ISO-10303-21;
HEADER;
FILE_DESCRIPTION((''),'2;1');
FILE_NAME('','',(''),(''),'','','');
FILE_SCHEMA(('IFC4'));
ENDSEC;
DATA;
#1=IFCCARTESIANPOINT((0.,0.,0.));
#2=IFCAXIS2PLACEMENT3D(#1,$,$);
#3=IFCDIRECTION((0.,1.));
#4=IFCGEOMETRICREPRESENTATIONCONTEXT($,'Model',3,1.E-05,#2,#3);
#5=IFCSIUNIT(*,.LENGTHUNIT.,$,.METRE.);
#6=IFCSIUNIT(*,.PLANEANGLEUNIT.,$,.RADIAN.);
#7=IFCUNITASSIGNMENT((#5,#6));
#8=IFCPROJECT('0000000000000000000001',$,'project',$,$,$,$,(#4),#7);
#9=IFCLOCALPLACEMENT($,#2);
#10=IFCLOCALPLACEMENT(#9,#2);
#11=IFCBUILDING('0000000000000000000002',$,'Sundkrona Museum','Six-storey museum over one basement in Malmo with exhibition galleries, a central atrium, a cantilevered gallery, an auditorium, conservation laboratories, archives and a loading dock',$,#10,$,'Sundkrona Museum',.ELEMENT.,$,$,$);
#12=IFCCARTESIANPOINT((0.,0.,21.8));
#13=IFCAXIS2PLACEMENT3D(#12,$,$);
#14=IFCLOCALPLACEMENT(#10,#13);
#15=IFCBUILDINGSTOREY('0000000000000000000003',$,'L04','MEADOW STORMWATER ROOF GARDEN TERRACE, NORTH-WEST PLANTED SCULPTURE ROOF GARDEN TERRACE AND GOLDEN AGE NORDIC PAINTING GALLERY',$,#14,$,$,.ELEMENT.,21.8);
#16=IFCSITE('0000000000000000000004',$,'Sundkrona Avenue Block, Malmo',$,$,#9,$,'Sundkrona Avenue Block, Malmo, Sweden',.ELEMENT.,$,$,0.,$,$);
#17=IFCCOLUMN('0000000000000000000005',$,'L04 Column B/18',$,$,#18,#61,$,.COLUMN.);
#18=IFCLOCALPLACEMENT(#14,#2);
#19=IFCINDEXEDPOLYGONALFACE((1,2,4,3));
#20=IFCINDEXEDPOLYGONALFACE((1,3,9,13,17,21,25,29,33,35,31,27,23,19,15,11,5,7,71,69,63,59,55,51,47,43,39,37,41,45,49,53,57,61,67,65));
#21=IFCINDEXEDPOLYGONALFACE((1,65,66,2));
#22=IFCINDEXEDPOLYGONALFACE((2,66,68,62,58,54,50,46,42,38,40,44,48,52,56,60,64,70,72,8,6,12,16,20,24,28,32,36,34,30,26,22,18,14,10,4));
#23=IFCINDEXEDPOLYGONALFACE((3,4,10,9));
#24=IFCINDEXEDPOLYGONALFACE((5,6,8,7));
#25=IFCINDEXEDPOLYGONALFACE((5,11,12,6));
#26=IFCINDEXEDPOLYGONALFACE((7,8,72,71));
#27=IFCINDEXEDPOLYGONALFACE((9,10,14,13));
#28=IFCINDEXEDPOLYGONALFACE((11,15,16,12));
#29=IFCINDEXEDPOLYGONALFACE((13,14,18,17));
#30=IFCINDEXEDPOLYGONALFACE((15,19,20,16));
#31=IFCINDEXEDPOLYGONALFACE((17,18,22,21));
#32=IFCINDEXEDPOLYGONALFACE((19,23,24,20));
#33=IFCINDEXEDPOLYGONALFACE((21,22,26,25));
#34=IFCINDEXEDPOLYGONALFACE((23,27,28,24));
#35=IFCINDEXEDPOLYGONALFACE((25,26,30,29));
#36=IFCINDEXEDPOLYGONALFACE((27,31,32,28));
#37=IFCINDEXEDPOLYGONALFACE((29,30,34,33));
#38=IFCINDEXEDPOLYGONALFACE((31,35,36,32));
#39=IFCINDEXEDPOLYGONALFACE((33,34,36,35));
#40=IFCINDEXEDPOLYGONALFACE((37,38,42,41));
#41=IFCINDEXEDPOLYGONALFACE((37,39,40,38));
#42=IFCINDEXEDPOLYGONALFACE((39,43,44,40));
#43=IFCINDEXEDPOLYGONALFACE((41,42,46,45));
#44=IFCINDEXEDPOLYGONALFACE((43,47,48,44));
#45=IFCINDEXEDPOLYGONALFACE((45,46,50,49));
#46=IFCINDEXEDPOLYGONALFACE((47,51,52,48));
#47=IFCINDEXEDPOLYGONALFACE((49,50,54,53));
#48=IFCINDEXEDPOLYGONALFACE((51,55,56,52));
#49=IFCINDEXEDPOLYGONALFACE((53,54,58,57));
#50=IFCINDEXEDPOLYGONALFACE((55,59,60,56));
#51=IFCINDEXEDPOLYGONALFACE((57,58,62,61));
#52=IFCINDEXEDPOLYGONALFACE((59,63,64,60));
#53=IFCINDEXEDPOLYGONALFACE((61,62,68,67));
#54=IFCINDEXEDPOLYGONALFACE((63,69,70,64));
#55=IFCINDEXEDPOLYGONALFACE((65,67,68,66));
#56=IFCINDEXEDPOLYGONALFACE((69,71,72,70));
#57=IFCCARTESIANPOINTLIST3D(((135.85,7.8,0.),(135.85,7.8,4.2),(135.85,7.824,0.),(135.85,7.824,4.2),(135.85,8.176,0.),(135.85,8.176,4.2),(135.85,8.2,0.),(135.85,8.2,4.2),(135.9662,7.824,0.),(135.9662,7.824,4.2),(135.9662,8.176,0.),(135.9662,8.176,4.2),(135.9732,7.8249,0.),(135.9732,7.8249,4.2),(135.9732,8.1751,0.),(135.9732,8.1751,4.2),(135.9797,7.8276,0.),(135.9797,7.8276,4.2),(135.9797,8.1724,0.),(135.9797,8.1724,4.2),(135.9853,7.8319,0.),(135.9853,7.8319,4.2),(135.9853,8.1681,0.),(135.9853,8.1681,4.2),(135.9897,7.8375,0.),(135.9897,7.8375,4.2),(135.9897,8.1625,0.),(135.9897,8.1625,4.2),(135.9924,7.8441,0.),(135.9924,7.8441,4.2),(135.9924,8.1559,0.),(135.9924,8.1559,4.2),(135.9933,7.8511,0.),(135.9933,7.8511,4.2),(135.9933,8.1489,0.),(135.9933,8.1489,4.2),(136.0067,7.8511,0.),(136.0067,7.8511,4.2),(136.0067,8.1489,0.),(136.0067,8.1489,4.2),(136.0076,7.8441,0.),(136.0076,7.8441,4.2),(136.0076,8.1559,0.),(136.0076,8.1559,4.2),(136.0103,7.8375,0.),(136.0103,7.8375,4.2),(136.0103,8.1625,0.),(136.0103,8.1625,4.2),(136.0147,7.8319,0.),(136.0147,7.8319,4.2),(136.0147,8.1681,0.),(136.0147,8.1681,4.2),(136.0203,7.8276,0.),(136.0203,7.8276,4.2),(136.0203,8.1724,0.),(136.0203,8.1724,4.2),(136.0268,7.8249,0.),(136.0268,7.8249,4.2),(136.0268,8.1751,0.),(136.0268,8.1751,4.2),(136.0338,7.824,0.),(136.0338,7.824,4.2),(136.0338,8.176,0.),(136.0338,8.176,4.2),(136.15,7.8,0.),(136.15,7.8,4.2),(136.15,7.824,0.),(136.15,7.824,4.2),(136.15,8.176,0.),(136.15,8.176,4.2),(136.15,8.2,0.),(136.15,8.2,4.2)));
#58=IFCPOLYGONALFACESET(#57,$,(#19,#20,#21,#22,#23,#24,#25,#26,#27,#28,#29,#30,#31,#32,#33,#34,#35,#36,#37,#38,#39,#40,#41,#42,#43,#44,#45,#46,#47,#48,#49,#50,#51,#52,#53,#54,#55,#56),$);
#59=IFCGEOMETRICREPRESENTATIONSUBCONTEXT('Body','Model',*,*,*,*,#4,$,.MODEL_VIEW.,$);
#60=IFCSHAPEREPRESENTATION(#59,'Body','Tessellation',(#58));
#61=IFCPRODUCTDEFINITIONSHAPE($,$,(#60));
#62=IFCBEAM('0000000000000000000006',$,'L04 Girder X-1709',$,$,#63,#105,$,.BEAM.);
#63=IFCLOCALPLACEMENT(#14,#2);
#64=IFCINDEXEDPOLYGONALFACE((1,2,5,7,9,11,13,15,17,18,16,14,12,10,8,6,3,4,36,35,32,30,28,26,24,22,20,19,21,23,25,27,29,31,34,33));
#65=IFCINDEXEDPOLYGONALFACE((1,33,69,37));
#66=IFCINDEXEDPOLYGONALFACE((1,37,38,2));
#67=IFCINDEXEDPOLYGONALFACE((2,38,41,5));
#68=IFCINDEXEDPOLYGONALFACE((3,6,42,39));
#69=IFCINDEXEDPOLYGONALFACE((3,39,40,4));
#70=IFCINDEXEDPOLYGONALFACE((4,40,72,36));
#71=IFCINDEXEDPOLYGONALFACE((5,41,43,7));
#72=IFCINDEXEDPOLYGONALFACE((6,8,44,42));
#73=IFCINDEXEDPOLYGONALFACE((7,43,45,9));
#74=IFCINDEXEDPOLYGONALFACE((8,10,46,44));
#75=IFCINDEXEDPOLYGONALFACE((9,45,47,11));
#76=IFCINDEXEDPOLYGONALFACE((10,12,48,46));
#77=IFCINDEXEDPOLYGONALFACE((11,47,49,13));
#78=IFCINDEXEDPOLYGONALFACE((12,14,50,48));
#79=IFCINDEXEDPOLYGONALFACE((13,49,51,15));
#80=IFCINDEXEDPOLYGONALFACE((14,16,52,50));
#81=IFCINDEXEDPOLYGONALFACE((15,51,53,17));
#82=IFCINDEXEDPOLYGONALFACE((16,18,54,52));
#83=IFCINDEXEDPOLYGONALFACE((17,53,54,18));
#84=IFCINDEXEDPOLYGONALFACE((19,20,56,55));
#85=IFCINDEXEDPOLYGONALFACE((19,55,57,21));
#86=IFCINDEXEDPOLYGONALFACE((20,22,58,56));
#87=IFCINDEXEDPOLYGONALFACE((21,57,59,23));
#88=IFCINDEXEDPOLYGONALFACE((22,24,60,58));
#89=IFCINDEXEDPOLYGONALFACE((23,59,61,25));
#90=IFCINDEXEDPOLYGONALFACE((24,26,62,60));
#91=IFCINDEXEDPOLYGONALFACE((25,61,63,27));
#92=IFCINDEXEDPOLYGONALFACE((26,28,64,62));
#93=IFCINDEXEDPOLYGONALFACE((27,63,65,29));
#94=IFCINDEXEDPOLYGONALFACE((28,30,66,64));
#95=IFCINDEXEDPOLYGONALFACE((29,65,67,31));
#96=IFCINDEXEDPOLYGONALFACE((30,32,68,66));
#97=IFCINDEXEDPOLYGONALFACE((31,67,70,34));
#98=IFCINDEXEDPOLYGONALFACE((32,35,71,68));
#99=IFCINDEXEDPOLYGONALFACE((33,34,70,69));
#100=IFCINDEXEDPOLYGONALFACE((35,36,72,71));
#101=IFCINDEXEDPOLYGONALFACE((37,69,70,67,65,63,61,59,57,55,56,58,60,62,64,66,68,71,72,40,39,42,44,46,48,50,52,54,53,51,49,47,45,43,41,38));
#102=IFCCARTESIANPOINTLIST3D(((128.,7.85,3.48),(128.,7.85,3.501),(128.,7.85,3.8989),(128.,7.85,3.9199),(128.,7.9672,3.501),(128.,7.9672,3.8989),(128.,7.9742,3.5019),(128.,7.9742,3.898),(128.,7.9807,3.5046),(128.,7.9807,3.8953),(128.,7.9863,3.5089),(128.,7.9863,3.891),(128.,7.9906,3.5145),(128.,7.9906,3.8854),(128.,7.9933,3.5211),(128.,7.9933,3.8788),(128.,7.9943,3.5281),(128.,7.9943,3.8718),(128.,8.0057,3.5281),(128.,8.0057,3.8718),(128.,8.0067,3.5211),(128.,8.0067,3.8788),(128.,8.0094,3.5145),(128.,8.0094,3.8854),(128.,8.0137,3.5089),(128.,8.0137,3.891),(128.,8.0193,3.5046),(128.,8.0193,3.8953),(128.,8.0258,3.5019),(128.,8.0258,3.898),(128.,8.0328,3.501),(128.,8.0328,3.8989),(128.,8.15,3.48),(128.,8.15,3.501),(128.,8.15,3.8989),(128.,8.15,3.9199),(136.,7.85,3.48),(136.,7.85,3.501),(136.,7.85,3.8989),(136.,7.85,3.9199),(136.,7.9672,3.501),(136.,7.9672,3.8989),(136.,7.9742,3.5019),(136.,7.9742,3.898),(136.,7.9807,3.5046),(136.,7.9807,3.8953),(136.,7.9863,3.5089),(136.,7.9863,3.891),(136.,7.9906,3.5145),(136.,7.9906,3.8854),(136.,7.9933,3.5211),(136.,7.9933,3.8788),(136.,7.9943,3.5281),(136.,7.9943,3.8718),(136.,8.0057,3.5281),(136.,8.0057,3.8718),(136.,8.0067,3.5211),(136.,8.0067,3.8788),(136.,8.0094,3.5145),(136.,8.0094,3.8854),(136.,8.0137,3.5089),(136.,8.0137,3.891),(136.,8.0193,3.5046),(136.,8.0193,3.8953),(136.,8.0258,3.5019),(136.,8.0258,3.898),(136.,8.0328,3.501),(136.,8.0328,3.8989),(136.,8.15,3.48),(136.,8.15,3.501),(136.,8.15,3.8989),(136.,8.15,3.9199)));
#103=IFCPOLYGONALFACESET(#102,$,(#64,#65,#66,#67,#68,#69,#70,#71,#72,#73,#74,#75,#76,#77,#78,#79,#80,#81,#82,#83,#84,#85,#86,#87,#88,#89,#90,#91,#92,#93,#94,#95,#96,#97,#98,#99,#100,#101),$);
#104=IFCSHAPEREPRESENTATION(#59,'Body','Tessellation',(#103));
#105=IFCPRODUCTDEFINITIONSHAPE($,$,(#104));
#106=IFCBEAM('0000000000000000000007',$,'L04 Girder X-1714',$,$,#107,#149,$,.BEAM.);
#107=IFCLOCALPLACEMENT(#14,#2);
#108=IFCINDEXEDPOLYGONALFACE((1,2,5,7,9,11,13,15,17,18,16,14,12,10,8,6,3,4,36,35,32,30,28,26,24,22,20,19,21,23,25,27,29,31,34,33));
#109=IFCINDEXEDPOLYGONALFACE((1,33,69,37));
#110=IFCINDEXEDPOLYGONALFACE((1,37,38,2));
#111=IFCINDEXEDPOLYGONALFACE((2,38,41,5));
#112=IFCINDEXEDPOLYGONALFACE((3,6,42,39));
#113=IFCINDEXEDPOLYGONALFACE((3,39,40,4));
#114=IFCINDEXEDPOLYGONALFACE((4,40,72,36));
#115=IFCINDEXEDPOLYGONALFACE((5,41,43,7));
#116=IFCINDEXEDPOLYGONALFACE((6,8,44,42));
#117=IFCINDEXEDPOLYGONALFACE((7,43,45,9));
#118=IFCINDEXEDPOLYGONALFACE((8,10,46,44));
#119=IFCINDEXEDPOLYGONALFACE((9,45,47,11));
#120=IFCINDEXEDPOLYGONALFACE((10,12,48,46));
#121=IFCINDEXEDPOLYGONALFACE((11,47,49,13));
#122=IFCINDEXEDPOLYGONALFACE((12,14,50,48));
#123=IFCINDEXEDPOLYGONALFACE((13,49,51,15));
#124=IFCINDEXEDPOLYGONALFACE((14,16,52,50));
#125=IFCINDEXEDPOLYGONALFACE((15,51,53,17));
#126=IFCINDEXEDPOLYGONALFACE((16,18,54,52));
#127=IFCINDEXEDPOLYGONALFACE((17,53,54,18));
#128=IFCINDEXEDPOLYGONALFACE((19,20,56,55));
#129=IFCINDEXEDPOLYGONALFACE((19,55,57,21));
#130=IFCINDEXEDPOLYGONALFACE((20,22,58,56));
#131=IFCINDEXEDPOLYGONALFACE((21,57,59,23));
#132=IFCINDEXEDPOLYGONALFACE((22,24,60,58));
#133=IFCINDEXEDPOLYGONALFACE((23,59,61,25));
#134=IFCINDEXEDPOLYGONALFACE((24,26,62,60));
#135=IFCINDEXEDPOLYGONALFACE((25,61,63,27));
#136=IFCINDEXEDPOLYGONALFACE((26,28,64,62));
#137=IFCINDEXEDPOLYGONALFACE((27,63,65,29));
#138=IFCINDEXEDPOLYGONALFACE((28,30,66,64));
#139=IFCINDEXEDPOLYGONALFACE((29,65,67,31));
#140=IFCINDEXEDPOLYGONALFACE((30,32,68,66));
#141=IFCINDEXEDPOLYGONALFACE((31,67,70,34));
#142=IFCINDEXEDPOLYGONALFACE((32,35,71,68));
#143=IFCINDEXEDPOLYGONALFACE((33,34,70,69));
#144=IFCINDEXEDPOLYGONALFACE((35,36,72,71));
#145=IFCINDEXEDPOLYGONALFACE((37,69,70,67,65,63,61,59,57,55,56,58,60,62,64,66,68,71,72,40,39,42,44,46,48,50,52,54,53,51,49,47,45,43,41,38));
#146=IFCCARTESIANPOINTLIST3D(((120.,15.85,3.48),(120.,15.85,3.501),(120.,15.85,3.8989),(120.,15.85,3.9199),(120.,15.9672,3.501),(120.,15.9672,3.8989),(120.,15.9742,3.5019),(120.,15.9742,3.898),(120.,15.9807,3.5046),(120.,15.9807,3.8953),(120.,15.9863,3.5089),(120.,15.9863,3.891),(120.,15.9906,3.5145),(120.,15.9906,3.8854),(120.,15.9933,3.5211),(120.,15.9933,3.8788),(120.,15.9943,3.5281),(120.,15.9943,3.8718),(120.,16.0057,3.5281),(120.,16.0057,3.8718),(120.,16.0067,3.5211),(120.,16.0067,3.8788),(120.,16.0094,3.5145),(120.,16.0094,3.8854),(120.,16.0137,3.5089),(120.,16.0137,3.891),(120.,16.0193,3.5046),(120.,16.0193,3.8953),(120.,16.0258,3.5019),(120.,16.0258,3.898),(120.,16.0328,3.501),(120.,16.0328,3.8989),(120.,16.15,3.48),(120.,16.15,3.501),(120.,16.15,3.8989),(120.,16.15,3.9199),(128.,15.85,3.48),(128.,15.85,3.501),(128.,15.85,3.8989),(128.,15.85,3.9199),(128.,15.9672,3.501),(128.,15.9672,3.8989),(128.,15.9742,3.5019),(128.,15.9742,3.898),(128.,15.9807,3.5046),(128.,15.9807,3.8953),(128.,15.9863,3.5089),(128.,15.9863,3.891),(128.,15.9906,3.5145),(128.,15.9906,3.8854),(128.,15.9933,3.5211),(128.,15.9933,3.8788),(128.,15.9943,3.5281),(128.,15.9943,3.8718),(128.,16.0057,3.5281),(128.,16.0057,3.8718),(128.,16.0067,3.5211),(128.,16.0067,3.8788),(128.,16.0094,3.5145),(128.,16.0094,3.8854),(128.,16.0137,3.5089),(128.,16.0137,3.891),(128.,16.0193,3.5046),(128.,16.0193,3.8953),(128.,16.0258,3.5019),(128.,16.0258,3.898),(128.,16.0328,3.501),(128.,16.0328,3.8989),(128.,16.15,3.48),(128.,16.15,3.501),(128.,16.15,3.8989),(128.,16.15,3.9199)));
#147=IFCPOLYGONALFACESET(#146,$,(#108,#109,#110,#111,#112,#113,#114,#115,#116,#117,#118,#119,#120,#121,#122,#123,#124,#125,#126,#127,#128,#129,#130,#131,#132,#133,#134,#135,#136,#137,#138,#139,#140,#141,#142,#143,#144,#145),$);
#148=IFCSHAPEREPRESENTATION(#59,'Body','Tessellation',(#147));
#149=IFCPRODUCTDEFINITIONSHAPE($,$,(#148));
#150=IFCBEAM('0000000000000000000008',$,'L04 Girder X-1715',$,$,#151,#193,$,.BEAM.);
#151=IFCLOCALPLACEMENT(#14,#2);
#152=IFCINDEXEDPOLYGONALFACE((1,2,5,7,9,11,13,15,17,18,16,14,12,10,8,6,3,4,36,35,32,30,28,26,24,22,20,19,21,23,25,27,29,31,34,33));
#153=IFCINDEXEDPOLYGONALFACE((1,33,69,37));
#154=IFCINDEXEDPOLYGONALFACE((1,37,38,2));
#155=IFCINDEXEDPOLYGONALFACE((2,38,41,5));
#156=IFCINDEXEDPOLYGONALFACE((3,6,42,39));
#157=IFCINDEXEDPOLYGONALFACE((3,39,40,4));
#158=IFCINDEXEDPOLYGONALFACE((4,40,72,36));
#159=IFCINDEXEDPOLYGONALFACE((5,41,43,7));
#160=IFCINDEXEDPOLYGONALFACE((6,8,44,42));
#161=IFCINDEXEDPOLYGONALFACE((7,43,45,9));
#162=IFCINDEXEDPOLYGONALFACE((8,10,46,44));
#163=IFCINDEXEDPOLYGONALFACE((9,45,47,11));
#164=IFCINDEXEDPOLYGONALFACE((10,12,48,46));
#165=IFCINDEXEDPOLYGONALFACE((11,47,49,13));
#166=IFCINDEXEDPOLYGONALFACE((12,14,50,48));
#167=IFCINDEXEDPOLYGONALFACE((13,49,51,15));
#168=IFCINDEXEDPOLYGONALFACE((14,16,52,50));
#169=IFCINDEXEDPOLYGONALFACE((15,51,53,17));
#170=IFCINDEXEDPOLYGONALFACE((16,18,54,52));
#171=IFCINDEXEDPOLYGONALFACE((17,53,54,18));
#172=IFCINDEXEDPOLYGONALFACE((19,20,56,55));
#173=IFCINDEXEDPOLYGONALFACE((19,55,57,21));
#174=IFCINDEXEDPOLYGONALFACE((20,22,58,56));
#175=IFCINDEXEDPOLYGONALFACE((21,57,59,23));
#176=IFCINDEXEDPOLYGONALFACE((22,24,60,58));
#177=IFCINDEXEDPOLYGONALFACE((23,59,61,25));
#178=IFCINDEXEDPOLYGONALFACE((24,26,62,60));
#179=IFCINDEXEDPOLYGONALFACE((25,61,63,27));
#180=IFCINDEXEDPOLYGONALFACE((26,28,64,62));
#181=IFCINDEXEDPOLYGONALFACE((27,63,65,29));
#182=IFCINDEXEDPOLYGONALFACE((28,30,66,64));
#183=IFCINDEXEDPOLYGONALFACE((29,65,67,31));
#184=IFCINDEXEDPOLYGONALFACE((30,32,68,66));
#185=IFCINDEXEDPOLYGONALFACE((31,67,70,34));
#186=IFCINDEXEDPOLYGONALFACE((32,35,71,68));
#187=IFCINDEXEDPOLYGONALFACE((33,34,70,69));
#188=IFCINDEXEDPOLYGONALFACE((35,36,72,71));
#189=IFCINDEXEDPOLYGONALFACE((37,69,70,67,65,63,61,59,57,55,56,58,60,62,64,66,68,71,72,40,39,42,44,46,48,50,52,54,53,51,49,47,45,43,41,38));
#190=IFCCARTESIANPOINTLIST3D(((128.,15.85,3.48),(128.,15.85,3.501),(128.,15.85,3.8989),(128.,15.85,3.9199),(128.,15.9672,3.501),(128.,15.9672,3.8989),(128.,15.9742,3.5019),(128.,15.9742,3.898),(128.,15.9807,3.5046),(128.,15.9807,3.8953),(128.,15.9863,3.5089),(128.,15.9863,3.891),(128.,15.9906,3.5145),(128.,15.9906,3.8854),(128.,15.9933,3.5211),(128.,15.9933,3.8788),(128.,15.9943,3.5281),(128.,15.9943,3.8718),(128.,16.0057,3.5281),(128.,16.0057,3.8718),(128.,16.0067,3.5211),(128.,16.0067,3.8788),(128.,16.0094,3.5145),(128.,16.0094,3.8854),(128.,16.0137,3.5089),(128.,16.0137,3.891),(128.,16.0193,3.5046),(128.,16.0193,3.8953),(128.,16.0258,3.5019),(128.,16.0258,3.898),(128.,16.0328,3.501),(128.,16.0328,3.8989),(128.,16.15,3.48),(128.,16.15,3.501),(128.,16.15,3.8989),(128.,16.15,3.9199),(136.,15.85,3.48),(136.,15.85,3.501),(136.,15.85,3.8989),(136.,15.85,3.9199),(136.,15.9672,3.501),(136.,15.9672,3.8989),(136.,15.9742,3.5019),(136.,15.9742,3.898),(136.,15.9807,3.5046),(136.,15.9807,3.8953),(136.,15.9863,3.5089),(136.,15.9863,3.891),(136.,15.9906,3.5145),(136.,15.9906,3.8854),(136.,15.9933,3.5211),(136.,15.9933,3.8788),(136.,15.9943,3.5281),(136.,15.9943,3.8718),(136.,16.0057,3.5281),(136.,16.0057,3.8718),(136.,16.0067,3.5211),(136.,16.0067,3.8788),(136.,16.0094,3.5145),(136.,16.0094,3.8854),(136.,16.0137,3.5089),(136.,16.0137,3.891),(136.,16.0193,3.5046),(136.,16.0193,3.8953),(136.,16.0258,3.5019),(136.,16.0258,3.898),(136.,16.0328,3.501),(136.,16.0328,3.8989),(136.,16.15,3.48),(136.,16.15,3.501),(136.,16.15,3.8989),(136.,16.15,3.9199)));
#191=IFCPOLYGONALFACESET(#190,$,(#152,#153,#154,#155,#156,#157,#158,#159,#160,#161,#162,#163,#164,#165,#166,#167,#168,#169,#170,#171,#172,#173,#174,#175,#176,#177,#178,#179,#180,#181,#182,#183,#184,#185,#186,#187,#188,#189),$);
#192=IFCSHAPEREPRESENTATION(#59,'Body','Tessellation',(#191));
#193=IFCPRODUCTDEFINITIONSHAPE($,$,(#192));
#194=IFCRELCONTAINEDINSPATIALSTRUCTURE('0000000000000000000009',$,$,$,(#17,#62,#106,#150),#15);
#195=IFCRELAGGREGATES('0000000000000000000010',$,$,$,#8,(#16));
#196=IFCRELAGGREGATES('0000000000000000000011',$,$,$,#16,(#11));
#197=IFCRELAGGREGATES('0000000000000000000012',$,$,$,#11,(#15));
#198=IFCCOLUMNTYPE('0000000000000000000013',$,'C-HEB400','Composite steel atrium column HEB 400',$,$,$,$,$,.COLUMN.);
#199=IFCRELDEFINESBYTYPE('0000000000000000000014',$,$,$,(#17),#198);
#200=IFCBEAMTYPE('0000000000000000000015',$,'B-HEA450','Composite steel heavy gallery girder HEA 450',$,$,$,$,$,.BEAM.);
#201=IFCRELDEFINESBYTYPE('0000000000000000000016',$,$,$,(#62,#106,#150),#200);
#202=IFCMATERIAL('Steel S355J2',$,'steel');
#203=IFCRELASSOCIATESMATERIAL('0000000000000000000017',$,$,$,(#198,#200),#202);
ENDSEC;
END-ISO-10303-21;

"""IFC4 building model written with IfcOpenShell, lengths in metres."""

from ifc_helpers import new_model, si_unit, direction, frame, origin, origin_2d, place, context, subcontext, project, spatial, i_section, extrude, material, material_profile, profile_set, type_object, element, save


model = new_model("IFC4")

# Units and contexts
model_context = context("Model", 3, precision=1e-05, world=origin(), true_north=direction((0.0, 1.0)))
body_context = subcontext(model_context, "Body", "Model", "MODEL_VIEW")
ifc_project = project(units=[si_unit("LENGTHUNIT", "METRE"), si_unit("PLANEANGLEUNIT", "RADIAN")], contexts=[model_context])

# Site, building, storey
site_placement = place(None, origin())
site = spatial("IfcSite", under=ifc_project, at=site_placement, Name="Sundkrona Avenue Block, Malmo", LongName="Sundkrona Avenue Block, Malmo, Sweden", CompositionType="ELEMENT", RefElevation=0.0)
building_placement = place(site_placement, origin())
building = spatial("IfcBuilding", under=site, at=building_placement, Name="Sundkrona Museum", Description="Six-storey museum over one basement in Malmo with exhibition galleries, a central atrium, a cantilevered gallery, an auditorium, conservation laboratories, archives and a loading dock", LongName="Sundkrona Museum", CompositionType="ELEMENT")
storey_placement = place(building_placement, frame((0.0, 0.0, 21.8)))
storey = spatial("IfcBuildingStorey", under=building, at=storey_placement, Name="L04", Description="MEADOW STORMWATER ROOF GARDEN TERRACE, NORTH-WEST PLANTED SCULPTURE ROOF GARDEN TERRACE AND GOLDEN AGE NORDIC PAINTING GALLERY", CompositionType="ELEMENT", Elevation=21.8)

# Column
ifc_material_1 = material(Name="Steel S355J2", Category="steel")
ifc_material_profile_1 = material_profile(ifc_material_1, i_section(OverallWidth=0.3, OverallDepth=0.3999, WebThickness=0.0134, FlangeThickness=0.0239, FilletRadius=0.0271, at=origin_2d()), Name="HEB 400")
ifc_profile_set_1 = profile_set([ifc_material_profile_1], Name="Steel S355J2")
column_type = type_object("IfcColumnType", Name="C-HEB400", Description="Composite steel atrium column HEB 400", PredefinedType="COLUMN", material=ifc_profile_set_1)
for number, where, z_axis, x_axis, name in (
    (1, (136.0, 8.0, 0.0), (0.0, 0.0, 1.0), (1.0, 0.0, 0.0), "L04 Column B/18"),
):
    element("IfcColumn", number, at=place(storey_placement, frame(where, z_axis=z_axis, x_axis=x_axis)), inside=storey, type_object=column_type, Name=name, PredefinedType="COLUMN", context=body_context, shape_type="SweptSolid", body=[
        extrude(i_section(OverallWidth=0.3, OverallDepth=0.3999, WebThickness=0.0134, FlangeThickness=0.0239, FilletRadius=0.0271, at=origin_2d()), origin(), (0.0, 0.0, 1.0), 4.2),
    ])

# Beams
ifc_material_profile_2 = material_profile(ifc_material_1, i_section(OverallWidth=0.3, OverallDepth=0.4399, WebThickness=0.0115, FlangeThickness=0.021, FilletRadius=0.0271, at=origin_2d()), Name="HEA 450")
ifc_profile_set_2 = profile_set([ifc_material_profile_2], Name="Steel S355J2")
beam_type_1 = type_object("IfcBeamType", Name="B-HEA450", Description="Composite steel heavy gallery girder HEA 450", PredefinedType="BEAM", material=ifc_profile_set_2)
for number, where, z_axis, x_axis, name in (
    (2, (128.0, 8.0, 3.7), (1.0, 0.0, 0.0), (0.0, 1.0, 0.0), "L04 Girder X-1709"),
    (3, (120.0, 16.0, 3.7), (1.0, 0.0, 0.0), (0.0, 1.0, 0.0), "L04 Girder X-1714"),
    (4, (128.0, 16.0, 3.7), (1.0, 0.0, 0.0), (0.0, 1.0, 0.0), "L04 Girder X-1715"),
):
    element("IfcBeam", number, at=place(storey_placement, frame(where, z_axis=z_axis, x_axis=x_axis)), inside=storey, type_object=beam_type_1, Name=name, PredefinedType="BEAM", context=body_context, shape_type="SweptSolid", body=[
        extrude(i_section(OverallWidth=0.3, OverallDepth=0.4399, WebThickness=0.0115, FlangeThickness=0.021, FilletRadius=0.0271, at=origin_2d()), origin(), (0.0, 0.0, 1.0), 8.0),
    ])

save(model, "model.ifc")
